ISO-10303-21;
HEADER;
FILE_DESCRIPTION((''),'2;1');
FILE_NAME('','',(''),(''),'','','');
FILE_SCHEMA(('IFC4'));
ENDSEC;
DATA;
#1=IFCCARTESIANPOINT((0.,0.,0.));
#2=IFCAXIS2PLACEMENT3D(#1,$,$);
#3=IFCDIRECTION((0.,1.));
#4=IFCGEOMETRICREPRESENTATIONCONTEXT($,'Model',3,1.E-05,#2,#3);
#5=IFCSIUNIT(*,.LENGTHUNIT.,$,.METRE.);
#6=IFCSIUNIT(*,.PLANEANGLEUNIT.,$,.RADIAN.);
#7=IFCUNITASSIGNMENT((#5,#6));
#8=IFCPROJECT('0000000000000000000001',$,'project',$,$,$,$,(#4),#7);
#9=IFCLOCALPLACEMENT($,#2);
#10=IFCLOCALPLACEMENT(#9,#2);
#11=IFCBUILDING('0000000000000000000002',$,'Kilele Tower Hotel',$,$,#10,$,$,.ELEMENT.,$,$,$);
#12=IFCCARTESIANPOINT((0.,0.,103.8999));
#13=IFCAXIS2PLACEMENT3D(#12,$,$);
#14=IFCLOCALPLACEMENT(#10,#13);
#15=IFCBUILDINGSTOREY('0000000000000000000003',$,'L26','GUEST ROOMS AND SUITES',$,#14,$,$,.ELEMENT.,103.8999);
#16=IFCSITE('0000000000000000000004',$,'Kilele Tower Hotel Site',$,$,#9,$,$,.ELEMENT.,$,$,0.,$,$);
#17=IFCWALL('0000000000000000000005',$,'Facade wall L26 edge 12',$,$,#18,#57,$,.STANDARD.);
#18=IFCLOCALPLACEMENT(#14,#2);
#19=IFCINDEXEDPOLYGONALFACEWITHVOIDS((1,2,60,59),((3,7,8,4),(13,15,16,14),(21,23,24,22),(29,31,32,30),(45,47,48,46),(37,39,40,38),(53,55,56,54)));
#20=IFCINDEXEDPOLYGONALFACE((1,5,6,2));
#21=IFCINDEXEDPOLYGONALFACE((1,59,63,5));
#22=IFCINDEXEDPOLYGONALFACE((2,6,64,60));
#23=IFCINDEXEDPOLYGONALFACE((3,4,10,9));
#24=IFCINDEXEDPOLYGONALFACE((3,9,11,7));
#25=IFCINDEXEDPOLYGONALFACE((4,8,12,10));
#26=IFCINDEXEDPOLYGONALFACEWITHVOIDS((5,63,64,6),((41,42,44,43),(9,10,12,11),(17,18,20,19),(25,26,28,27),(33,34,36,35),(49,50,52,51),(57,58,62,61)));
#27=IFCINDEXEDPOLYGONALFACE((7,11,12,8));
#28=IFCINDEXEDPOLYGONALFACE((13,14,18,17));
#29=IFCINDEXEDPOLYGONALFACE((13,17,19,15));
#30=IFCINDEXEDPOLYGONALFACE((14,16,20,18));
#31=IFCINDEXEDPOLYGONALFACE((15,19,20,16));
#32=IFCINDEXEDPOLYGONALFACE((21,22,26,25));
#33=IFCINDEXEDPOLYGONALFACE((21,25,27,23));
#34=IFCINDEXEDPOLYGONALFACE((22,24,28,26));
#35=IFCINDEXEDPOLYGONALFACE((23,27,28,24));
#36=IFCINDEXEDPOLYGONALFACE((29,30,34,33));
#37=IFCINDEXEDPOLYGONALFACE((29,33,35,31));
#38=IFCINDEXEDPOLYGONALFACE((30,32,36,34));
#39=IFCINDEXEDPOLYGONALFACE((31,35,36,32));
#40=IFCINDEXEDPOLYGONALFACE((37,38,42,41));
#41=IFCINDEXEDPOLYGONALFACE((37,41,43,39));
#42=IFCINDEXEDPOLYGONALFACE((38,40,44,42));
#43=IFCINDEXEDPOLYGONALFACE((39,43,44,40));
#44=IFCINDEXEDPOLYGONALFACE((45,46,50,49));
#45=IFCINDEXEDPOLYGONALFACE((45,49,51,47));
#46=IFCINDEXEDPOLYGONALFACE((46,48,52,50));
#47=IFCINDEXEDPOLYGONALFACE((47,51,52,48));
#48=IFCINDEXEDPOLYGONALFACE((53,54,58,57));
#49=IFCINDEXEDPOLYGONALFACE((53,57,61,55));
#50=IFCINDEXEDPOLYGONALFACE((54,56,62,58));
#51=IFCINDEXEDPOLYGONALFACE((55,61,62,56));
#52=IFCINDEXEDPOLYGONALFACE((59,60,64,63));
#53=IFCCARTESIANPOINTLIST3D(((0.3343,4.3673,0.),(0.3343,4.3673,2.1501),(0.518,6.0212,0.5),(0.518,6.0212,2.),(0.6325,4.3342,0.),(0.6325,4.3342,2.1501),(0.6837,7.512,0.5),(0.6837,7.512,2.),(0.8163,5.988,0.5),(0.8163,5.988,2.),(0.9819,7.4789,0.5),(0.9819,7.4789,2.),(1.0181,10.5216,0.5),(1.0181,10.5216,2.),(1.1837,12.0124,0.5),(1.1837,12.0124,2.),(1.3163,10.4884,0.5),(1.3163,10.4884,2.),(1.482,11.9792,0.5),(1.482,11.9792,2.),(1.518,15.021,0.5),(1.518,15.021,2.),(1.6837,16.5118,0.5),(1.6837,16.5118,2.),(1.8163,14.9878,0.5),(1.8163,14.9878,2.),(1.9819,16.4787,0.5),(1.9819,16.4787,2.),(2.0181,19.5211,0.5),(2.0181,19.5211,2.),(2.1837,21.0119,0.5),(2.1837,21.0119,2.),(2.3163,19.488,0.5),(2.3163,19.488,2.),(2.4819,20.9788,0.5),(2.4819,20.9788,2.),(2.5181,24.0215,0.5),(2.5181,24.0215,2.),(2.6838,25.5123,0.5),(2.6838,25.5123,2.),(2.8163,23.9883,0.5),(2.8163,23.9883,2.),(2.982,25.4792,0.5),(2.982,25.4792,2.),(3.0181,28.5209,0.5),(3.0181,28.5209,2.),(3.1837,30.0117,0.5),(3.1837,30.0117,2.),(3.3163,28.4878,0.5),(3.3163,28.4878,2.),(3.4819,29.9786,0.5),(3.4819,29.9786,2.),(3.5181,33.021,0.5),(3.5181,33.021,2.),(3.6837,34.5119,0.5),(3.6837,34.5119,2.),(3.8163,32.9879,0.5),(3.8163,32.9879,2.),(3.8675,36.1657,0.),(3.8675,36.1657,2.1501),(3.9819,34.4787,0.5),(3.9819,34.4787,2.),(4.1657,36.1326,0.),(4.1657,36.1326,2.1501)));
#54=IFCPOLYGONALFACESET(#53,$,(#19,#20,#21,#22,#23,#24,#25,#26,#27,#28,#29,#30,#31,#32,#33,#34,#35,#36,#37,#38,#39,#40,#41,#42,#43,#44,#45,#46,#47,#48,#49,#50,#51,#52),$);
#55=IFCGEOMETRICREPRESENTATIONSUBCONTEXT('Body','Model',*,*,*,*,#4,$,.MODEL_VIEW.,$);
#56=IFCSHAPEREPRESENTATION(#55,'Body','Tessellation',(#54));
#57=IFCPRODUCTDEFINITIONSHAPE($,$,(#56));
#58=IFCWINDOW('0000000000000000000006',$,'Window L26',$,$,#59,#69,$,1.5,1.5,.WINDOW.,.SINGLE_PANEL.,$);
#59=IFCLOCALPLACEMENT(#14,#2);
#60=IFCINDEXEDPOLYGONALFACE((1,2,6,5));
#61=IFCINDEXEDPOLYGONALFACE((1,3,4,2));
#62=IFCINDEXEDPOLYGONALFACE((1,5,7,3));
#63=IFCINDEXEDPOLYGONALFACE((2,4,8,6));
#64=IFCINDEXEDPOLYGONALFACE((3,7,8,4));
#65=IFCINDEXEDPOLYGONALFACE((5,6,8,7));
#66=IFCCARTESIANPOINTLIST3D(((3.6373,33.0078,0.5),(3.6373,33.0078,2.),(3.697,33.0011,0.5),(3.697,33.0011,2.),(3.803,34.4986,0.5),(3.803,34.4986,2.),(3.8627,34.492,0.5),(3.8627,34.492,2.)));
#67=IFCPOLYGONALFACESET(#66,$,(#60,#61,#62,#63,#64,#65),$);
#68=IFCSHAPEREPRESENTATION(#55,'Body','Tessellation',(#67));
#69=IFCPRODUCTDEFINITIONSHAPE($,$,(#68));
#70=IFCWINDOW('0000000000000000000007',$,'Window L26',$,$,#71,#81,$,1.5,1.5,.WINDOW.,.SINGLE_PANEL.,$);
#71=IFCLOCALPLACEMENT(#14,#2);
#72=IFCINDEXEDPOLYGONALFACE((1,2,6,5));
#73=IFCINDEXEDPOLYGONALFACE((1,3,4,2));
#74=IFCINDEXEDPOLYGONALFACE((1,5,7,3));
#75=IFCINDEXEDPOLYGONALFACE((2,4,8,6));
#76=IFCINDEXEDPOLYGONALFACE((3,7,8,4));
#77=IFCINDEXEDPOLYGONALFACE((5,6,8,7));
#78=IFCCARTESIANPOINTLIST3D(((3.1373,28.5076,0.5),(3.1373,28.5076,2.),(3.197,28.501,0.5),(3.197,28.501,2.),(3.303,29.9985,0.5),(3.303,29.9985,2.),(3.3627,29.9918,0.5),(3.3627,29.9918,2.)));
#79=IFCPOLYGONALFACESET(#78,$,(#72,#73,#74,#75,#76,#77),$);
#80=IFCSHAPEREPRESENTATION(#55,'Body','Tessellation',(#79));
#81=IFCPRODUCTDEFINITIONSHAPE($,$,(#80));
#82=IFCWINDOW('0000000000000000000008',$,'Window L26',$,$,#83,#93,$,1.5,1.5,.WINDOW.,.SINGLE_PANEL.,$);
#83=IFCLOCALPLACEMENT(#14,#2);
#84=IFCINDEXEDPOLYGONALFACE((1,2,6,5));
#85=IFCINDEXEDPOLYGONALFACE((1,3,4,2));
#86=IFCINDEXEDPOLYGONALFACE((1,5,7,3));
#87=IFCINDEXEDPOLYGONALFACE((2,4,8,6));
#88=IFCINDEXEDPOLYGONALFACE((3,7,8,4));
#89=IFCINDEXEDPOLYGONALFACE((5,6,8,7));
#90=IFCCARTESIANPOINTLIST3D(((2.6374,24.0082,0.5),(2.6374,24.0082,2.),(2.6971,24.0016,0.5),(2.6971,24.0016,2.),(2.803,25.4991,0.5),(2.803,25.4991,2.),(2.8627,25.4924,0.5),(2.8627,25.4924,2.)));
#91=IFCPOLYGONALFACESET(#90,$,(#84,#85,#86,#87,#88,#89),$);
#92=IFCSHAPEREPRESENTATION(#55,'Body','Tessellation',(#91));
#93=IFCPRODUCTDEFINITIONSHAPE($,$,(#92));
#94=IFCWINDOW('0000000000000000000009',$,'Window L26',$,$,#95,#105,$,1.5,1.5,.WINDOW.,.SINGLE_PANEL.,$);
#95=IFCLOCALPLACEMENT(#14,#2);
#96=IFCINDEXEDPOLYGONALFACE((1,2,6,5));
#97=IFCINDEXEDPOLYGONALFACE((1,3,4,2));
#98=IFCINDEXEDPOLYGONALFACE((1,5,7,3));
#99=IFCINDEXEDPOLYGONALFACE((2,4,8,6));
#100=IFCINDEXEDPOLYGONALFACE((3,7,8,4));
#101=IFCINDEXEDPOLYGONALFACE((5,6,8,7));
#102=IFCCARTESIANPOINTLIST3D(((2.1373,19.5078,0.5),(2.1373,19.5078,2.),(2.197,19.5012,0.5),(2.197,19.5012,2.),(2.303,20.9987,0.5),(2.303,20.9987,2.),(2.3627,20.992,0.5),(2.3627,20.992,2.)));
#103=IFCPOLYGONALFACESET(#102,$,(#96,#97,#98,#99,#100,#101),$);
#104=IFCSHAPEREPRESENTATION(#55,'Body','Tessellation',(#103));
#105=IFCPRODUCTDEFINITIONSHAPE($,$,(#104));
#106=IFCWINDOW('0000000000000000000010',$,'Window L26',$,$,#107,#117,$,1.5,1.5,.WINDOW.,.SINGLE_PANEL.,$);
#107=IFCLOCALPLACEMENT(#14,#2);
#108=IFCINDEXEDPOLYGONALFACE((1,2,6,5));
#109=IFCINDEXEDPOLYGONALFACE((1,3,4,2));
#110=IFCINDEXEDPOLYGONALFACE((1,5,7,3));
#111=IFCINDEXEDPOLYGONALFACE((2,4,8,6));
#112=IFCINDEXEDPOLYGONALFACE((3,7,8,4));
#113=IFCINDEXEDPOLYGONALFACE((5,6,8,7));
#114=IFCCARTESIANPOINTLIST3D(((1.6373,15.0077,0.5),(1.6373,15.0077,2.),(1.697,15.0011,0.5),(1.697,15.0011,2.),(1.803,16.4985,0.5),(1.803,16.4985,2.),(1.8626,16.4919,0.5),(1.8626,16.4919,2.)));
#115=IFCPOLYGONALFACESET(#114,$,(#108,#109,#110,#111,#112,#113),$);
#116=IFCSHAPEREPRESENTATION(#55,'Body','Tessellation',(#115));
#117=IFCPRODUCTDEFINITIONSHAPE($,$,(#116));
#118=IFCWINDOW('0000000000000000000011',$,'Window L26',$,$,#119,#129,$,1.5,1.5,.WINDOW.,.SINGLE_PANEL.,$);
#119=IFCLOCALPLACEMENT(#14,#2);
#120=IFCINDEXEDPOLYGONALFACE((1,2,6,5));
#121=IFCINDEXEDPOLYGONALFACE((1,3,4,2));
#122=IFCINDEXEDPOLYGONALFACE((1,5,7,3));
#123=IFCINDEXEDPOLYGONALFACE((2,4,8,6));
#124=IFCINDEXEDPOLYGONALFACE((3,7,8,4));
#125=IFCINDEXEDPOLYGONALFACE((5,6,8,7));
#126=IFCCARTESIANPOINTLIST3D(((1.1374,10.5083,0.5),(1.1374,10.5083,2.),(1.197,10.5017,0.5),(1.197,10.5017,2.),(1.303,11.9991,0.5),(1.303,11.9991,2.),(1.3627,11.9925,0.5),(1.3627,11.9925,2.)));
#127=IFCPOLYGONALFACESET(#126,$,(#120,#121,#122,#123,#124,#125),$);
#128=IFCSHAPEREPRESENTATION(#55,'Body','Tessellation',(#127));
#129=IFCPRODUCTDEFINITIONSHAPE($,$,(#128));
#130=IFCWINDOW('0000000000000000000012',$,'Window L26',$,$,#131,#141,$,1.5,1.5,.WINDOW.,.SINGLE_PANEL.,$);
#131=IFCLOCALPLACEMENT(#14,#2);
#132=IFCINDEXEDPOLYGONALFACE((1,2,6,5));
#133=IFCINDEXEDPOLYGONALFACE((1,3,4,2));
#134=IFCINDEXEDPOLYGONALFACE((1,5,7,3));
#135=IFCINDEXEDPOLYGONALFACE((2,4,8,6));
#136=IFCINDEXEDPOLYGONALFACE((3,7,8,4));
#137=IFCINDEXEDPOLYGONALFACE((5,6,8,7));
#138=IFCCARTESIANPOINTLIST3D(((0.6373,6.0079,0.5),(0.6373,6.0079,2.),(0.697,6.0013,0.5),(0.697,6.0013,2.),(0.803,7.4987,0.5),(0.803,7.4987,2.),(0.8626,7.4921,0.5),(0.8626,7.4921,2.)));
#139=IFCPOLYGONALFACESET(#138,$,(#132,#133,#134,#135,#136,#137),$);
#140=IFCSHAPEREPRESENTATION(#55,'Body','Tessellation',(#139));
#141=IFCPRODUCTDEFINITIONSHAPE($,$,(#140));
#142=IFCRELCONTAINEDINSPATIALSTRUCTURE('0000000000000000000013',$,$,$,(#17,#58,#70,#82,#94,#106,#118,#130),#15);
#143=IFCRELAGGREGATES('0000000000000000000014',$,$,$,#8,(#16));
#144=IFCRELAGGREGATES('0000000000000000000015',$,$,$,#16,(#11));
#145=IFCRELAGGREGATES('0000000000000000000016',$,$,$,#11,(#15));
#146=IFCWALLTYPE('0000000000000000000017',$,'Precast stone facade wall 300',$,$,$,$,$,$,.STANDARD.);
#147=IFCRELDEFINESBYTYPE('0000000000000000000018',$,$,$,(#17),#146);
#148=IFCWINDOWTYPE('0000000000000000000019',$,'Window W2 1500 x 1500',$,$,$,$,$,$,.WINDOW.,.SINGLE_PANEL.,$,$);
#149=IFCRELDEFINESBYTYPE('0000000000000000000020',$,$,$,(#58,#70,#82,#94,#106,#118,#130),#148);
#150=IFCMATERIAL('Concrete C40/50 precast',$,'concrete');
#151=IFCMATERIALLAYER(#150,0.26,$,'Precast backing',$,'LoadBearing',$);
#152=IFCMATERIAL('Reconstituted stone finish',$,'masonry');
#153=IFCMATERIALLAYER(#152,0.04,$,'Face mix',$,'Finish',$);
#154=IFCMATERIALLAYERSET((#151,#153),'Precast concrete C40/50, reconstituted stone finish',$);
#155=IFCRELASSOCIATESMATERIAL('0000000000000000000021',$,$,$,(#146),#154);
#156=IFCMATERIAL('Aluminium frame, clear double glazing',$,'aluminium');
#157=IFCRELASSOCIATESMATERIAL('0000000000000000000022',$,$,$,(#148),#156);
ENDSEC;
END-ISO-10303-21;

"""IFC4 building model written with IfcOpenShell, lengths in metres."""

from ifc_helpers import new_model, si_unit, direction, frame, frame_2d, origin, place, context, subcontext, project, spatial, rectangle, extrude, material, layer, layer_set, type_object, element, fill, save


model = new_model("IFC4")

# Units and contexts
model_context = context("Model", 3, precision=1e-05, world=origin(), true_north=direction((0.0, 1.0)))
body_context = subcontext(model_context, "Body", "Model", "MODEL_VIEW")
ifc_project = project(units=[si_unit("LENGTHUNIT", "METRE"), si_unit("PLANEANGLEUNIT", "RADIAN")], contexts=[model_context])

# Site, building, storey
site_placement = place(None, origin())
site = spatial("IfcSite", under=ifc_project, at=site_placement, Name="Kilele Tower Hotel Site", CompositionType="ELEMENT", RefElevation=0.0)
building_placement = place(site_placement, origin())
building = spatial("IfcBuilding", under=site, at=building_placement, Name="Kilele Tower Hotel", CompositionType="ELEMENT")
storey_placement = place(building_placement, frame((0.0, 0.0, 103.8999)))
storey = spatial("IfcBuildingStorey", under=building, at=storey_placement, Name="L26", Description="GUEST ROOMS AND SUITES", CompositionType="ELEMENT", Elevation=103.8999)

# Wall, openings, windows
ifc_material_1 = material(Name="Concrete C40/50 precast", Category="concrete")
ifc_layer_1 = layer(ifc_material_1, 0.26, Name="Precast backing", Category="LoadBearing")
ifc_material_2 = material(Name="Reconstituted stone finish", Category="masonry")
ifc_layer_2 = layer(ifc_material_2, 0.04, Name="Face mix", Category="Finish")
ifc_layer_set_1 = layer_set([ifc_layer_1, ifc_layer_2], Name="Precast concrete C40/50, reconstituted stone finish")
wall_type_1 = type_object("IfcWallType", Name="Precast stone facade wall 300", PredefinedType="STANDARD", material=ifc_layer_set_1)
wall_1_placement = place(storey_placement, frame((4.0166, 36.1492, 0.0), z_axis=(0.0, 0.0, 1.0), x_axis=(-0.110433, -0.993884, 0.0)))
wall_1 = element("IfcWall", 1, at=wall_1_placement, inside=storey, type_object=wall_type_1, Name="Facade wall L26 edge 12", PredefinedType="STANDARD", context=body_context, shape_type="SweptSolid", body=[
    extrude(rectangle(XDim=31.9941, YDim=0.3, at=frame_2d((15.9971, 0.0))), origin(), (0.0, 0.0, 1.0), 2.1501),
])
opening_1_placement = place(wall_1_placement, frame((1.6641, 0.0, 0.5)))
opening_1 = element("IfcOpeningElement", 2, at=opening_1_placement, cuts=wall_1, PredefinedType="OPENING", context=body_context, shape_type="SweptSolid", body=[
    extrude(rectangle(XDim=1.5, YDim=1.5, at=frame_2d((0.75, 0.75))), frame((0.0, 0.1599, 0.0), z_axis=(0.0, -1.0, 0.0), x_axis=(1.0, 0.0, 0.0)), (0.0, 0.0, 1.0), 0.3201),
])
opening_2_placement = place(wall_1_placement, frame((6.1919, 0.0, 0.5)))
opening_2 = element("IfcOpeningElement", 3, at=opening_2_placement, cuts=wall_1, PredefinedType="OPENING", context=body_context, shape_type="SweptSolid", body=[
    extrude(rectangle(XDim=1.5, YDim=1.5, at=frame_2d((0.75, 0.75))), frame((0.0, 0.1599, 0.0), z_axis=(0.0, -1.0, 0.0), x_axis=(1.0, 0.0, 0.0)), (0.0, 0.0, 1.0), 0.3201),
])
opening_3_placement = place(wall_1_placement, frame((10.719, 0.0, 0.5)))
opening_3 = element("IfcOpeningElement", 4, at=opening_3_placement, cuts=wall_1, PredefinedType="OPENING", context=body_context, shape_type="SweptSolid", body=[
    extrude(rectangle(XDim=1.5, YDim=1.5, at=frame_2d((0.75, 0.75))), frame((0.0, 0.1599, 0.0), z_axis=(0.0, -1.0, 0.0), x_axis=(1.0, 0.0, 0.0)), (0.0, 0.0, 1.0), 0.3201),
])
opening_4_placement = place(wall_1_placement, frame((15.2471, 0.0, 0.5)))
opening_4 = element("IfcOpeningElement", 5, at=opening_4_placement, cuts=wall_1, PredefinedType="OPENING", context=body_context, shape_type="SweptSolid", body=[
    extrude(rectangle(XDim=1.5, YDim=1.5, at=frame_2d((0.75, 0.75))), frame((0.0, 0.1599, 0.0), z_axis=(0.0, -1.0, 0.0), x_axis=(1.0, 0.0, 0.0)), (0.0, 0.0, 1.0), 0.3201),
])
opening_5_placement = place(wall_1_placement, frame((19.7749, 0.0, 0.5)))
opening_5 = element("IfcOpeningElement", 6, at=opening_5_placement, cuts=wall_1, PredefinedType="OPENING", context=body_context, shape_type="SweptSolid", body=[
    extrude(rectangle(XDim=1.5, YDim=1.5, at=frame_2d((0.75, 0.75))), frame((0.0, 0.1599, 0.0), z_axis=(0.0, -1.0, 0.0), x_axis=(1.0, 0.0, 0.0)), (0.0, 0.0, 1.0), 0.3201),
])
opening_6_placement = place(wall_1_placement, frame((24.302, 0.0, 0.5)))
opening_6 = element("IfcOpeningElement", 7, at=opening_6_placement, cuts=wall_1, PredefinedType="OPENING", context=body_context, shape_type="SweptSolid", body=[
    extrude(rectangle(XDim=1.5, YDim=1.5, at=frame_2d((0.75, 0.75))), frame((0.0, 0.1599, 0.0), z_axis=(0.0, -1.0, 0.0), x_axis=(1.0, 0.0, 0.0)), (0.0, 0.0, 1.0), 0.3201),
])
opening_7_placement = place(wall_1_placement, frame((28.8301, 0.0, 0.5)))
opening_7 = element("IfcOpeningElement", 8, at=opening_7_placement, cuts=wall_1, PredefinedType="OPENING", context=body_context, shape_type="SweptSolid", body=[
    extrude(rectangle(XDim=1.5, YDim=1.5, at=frame_2d((0.75, 0.75))), frame((0.0, 0.1599, 0.0), z_axis=(0.0, -1.0, 0.0), x_axis=(1.0, 0.0, 0.0)), (0.0, 0.0, 1.0), 0.3201),
])
ifc_material_3 = material(Name="Aluminium frame, clear double glazing", Category="aluminium")
window_type = type_object("IfcWindowType", Name="Window W2 1500 x 1500", PartitioningType="SINGLE_PANEL", PredefinedType="WINDOW", material=ifc_material_3)
window_1_placement = place(opening_1_placement, origin())
window_1 = element("IfcWindow", 9, at=window_1_placement, inside=storey, type_object=window_type, Name="Window L26", OverallHeight=1.5, OverallWidth=1.5, PartitioningType="SINGLE_PANEL", PredefinedType="WINDOW", context=body_context, shape_type="SweptSolid", body=[
    extrude(rectangle(XDim=1.5, YDim=1.5, at=frame_2d((0.75, 0.75))), frame((0.0, 0.03, 0.0), z_axis=(0.0, -1.0, 0.0), x_axis=(1.0, 0.0, 0.0)), (0.0, 0.0, 1.0), 0.0601),
])
fill(opening_1, window_1)
window_2_placement = place(opening_2_placement, origin())
window_2 = element("IfcWindow", 10, at=window_2_placement, inside=storey, type_object=window_type, Name="Window L26", OverallHeight=1.5, OverallWidth=1.5, PartitioningType="SINGLE_PANEL", PredefinedType="WINDOW", context=body_context, shape_type="SweptSolid", body=[
    extrude(rectangle(XDim=1.5, YDim=1.5, at=frame_2d((0.75, 0.75))), frame((0.0, 0.03, 0.0), z_axis=(0.0, -1.0, 0.0), x_axis=(1.0, 0.0, 0.0)), (0.0, 0.0, 1.0), 0.0601),
])
fill(opening_2, window_2)
window_3_placement = place(opening_3_placement, origin())
window_3 = element("IfcWindow", 11, at=window_3_placement, inside=storey, type_object=window_type, Name="Window L26", OverallHeight=1.5, OverallWidth=1.5, PartitioningType="SINGLE_PANEL", PredefinedType="WINDOW", context=body_context, shape_type="SweptSolid", body=[
    extrude(rectangle(XDim=1.5, YDim=1.5, at=frame_2d((0.75, 0.75))), frame((0.0, 0.03, 0.0), z_axis=(0.0, -1.0, 0.0), x_axis=(1.0, 0.0, 0.0)), (0.0, 0.0, 1.0), 0.0601),
])
fill(opening_3, window_3)
window_4_placement = place(opening_4_placement, origin())
window_4 = element("IfcWindow", 12, at=window_4_placement, inside=storey, type_object=window_type, Name="Window L26", OverallHeight=1.5, OverallWidth=1.5, PartitioningType="SINGLE_PANEL", PredefinedType="WINDOW", context=body_context, shape_type="SweptSolid", body=[
    extrude(rectangle(XDim=1.5, YDim=1.5, at=frame_2d((0.75, 0.75))), frame((0.0, 0.03, 0.0), z_axis=(0.0, -1.0, 0.0), x_axis=(1.0, 0.0, 0.0)), (0.0, 0.0, 1.0), 0.0601),
])
fill(opening_4, window_4)
window_5_placement = place(opening_5_placement, origin())
window_5 = element("IfcWindow", 13, at=window_5_placement, inside=storey, type_object=window_type, Name="Window L26", OverallHeight=1.5, OverallWidth=1.5, PartitioningType="SINGLE_PANEL", PredefinedType="WINDOW", context=body_context, shape_type="SweptSolid", body=[
    extrude(rectangle(XDim=1.5, YDim=1.5, at=frame_2d((0.75, 0.75))), frame((0.0, 0.03, 0.0), z_axis=(0.0, -1.0, 0.0), x_axis=(1.0, 0.0, 0.0)), (0.0, 0.0, 1.0), 0.0601),
])
fill(opening_5, window_5)
window_6_placement = place(opening_6_placement, origin())
window_6 = element("IfcWindow", 14, at=window_6_placement, inside=storey, type_object=window_type, Name="Window L26", OverallHeight=1.5, OverallWidth=1.5, PartitioningType="SINGLE_PANEL", PredefinedType="WINDOW", context=body_context, shape_type="SweptSolid", body=[
    extrude(rectangle(XDim=1.5, YDim=1.5, at=frame_2d((0.75, 0.75))), frame((0.0, 0.03, 0.0), z_axis=(0.0, -1.0, 0.0), x_axis=(1.0, 0.0, 0.0)), (0.0, 0.0, 1.0), 0.0601),
])
fill(opening_6, window_6)
window_7_placement = place(opening_7_placement, origin())
window_7 = element("IfcWindow", 15, at=window_7_placement, inside=storey, type_object=window_type, Name="Window L26", OverallHeight=1.5, OverallWidth=1.5, PartitioningType="SINGLE_PANEL", PredefinedType="WINDOW", context=body_context, shape_type="SweptSolid", body=[
    extrude(rectangle(XDim=1.5, YDim=1.5, at=frame_2d((0.75, 0.75))), frame((0.0, 0.03, 0.0), z_axis=(0.0, -1.0, 0.0), x_axis=(1.0, 0.0, 0.0)), (0.0, 0.0, 1.0), 0.0601),
])
fill(opening_7, window_7)

save(model, "model.ifc")
